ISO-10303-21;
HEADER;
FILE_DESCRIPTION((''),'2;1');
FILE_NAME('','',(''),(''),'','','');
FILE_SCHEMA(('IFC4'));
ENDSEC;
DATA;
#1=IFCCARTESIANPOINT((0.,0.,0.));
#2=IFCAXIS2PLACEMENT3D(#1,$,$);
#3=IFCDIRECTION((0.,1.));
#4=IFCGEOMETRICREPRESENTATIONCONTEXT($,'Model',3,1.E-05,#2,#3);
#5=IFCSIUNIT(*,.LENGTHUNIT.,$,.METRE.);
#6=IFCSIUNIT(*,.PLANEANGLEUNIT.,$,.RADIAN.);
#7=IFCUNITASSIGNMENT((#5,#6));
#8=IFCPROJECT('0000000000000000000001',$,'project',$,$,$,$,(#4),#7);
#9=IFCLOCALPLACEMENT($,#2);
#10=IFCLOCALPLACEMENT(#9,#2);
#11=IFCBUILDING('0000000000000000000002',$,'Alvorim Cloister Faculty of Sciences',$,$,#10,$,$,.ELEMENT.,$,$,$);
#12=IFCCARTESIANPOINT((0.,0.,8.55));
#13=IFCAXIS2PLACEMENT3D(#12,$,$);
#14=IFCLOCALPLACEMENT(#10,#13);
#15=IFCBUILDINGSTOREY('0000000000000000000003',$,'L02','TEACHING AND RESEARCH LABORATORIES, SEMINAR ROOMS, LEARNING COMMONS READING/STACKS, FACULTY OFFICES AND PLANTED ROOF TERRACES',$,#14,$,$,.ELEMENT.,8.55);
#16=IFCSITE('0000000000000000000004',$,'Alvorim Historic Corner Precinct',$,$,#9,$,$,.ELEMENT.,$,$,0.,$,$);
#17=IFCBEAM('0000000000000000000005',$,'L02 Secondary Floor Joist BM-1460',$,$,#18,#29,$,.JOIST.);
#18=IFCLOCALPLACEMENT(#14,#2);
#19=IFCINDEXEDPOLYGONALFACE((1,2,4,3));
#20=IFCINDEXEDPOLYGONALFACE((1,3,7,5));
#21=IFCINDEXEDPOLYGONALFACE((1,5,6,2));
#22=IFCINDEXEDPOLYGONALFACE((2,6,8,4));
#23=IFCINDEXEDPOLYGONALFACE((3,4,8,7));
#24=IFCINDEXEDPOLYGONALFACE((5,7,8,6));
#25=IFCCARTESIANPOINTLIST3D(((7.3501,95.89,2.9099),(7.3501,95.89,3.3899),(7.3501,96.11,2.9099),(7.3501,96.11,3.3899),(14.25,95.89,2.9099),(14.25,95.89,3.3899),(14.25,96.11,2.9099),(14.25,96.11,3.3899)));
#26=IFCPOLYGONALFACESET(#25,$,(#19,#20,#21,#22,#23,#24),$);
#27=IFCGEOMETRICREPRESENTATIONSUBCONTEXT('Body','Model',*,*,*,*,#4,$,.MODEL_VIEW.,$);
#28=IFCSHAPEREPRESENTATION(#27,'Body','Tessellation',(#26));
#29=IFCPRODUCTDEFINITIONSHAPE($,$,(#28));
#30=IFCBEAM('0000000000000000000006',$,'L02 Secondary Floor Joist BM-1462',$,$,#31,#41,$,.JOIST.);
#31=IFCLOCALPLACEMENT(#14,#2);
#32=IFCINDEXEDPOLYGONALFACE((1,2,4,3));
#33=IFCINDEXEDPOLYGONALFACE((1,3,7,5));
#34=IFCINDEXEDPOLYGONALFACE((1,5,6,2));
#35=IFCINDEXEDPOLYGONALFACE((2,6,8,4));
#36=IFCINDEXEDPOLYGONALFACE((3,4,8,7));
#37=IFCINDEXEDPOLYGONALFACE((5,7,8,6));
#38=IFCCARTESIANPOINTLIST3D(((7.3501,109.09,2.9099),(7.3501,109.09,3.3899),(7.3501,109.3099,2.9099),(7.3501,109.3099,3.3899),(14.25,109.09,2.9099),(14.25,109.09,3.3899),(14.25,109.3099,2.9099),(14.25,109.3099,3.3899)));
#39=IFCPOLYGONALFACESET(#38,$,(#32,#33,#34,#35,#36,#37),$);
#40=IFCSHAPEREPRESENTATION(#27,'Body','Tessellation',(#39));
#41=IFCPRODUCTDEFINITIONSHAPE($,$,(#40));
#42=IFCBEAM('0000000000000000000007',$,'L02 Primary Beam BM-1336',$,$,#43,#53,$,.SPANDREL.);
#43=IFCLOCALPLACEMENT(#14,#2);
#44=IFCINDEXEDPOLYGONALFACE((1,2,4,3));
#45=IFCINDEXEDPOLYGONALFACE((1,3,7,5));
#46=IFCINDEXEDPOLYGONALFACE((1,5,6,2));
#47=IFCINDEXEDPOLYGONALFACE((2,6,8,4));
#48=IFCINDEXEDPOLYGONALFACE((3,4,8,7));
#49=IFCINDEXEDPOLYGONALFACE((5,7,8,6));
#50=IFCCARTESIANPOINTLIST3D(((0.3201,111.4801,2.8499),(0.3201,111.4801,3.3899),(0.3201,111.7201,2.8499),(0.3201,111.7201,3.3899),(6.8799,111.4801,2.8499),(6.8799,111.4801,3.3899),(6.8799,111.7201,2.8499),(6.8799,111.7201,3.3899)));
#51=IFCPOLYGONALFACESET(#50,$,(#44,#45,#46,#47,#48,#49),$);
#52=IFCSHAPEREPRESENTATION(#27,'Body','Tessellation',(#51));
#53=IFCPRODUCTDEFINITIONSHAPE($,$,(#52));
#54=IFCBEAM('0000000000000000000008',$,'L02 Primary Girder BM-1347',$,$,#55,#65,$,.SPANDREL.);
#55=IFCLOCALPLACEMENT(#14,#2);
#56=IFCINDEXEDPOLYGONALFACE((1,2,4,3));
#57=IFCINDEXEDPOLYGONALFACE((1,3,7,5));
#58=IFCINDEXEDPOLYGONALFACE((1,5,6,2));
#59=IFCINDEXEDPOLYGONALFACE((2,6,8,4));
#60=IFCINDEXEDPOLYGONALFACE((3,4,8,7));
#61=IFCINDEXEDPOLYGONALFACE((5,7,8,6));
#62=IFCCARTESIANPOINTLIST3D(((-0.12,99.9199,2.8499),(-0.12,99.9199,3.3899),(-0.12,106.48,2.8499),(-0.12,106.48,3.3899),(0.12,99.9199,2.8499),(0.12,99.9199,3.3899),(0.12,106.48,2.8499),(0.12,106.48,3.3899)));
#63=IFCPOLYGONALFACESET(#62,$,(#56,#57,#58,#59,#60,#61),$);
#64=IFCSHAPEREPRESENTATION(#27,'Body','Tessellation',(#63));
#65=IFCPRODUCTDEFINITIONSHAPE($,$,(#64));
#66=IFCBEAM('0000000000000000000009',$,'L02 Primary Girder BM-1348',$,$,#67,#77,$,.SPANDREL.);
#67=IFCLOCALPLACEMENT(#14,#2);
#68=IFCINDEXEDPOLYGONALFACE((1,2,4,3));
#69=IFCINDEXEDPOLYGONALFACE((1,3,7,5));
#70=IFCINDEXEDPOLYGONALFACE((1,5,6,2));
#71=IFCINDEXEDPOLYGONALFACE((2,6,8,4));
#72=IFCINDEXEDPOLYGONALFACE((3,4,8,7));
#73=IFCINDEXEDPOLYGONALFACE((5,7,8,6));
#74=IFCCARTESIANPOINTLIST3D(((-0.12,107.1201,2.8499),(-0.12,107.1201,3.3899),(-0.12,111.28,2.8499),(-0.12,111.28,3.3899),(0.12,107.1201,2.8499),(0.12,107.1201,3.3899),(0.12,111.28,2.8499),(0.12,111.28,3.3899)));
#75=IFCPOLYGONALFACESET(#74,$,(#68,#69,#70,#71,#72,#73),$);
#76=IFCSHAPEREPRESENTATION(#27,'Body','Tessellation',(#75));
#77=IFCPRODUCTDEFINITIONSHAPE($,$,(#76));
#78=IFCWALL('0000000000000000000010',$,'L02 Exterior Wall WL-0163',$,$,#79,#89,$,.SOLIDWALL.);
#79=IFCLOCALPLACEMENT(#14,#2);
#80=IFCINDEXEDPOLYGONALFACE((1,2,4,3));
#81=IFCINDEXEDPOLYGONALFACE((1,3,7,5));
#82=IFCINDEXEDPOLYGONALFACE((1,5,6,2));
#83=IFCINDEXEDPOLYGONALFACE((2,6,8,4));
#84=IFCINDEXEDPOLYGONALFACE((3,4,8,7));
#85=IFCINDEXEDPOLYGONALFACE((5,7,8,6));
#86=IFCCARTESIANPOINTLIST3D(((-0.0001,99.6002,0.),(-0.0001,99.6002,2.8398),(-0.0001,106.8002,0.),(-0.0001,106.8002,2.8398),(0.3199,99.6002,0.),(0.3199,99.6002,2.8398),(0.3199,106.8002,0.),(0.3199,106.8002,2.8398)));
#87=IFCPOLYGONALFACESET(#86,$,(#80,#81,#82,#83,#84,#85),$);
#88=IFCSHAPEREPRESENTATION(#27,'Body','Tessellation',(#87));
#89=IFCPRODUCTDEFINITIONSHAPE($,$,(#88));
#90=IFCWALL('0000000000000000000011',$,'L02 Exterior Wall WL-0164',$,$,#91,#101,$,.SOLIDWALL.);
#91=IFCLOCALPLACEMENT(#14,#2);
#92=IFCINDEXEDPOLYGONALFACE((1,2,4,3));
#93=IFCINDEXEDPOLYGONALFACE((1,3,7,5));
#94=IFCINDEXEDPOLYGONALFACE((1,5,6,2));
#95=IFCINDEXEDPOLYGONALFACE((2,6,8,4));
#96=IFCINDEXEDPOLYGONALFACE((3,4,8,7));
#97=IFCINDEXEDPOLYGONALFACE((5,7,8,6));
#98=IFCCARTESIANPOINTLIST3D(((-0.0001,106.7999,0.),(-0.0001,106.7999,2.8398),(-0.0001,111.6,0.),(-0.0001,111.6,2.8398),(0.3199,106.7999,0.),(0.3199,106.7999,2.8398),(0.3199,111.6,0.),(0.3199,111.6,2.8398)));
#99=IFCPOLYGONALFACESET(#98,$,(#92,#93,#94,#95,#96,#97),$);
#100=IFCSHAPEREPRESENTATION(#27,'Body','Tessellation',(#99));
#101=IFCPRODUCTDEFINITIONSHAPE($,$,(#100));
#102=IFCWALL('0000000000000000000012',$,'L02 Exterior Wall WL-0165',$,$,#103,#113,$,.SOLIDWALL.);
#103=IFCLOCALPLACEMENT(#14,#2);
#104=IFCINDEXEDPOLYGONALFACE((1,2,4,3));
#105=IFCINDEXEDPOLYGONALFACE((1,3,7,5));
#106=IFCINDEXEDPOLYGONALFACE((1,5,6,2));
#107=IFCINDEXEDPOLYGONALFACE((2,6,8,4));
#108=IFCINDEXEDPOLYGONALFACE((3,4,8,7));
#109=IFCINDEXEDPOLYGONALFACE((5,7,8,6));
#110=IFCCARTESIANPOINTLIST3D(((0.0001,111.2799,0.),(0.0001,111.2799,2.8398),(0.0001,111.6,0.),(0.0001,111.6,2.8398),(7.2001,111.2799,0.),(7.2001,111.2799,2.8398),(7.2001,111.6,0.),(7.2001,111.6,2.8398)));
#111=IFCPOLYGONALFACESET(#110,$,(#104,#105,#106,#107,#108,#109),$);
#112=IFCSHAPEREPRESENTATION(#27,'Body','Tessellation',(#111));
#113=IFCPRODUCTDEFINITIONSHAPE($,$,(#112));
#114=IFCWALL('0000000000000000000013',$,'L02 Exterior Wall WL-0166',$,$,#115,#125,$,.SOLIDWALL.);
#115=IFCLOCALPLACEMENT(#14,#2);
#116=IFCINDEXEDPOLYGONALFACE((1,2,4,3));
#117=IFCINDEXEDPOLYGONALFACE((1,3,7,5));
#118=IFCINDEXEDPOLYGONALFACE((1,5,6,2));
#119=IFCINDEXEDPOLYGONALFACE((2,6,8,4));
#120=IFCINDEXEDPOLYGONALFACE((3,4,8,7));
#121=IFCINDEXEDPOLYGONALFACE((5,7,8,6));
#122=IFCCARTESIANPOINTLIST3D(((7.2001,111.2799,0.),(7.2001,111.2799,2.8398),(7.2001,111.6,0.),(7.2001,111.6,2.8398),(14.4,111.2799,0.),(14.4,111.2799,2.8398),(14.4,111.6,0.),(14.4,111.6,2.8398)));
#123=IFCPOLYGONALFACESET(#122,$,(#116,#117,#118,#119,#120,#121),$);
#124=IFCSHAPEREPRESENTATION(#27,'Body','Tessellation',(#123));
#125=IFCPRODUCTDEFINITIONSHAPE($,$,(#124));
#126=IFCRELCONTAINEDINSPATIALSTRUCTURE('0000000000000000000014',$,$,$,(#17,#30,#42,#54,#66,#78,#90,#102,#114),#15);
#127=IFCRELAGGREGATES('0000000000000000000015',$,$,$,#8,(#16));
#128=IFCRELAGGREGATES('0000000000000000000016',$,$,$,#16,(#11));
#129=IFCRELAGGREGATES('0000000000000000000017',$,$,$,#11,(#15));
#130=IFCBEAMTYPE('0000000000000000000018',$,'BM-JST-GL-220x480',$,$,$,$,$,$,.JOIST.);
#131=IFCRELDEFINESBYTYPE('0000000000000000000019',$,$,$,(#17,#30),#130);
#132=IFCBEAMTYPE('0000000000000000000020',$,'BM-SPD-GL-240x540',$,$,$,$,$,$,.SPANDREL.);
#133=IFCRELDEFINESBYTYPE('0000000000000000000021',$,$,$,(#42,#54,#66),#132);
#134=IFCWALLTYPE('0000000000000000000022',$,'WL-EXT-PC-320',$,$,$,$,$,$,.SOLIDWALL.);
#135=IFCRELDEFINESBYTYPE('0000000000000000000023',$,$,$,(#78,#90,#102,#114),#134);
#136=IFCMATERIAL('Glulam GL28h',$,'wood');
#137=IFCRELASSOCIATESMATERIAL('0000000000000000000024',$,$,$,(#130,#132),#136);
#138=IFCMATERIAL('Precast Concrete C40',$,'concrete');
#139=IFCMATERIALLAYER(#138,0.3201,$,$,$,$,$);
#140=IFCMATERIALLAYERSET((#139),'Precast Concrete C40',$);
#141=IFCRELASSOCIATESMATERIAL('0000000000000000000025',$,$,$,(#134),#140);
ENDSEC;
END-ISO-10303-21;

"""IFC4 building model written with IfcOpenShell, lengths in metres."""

from ifc_helpers import new_model, si_unit, direction, frame, frame_2d, origin, origin_2d, place, context, subcontext, project, spatial, rectangle, extrude, material, layer, layer_set, material_profile, profile_set, type_object, element, save


model = new_model("IFC4")

# Units and contexts
model_context = context("Model", 3, precision=1e-05, world=origin(), true_north=direction((0.0, 1.0)))
body_context = subcontext(model_context, "Body", "Model", "MODEL_VIEW")
ifc_project = project(units=[si_unit("LENGTHUNIT", "METRE"), si_unit("PLANEANGLEUNIT", "RADIAN")], contexts=[model_context])

# Site, building, storey
site_placement = place(None, origin())
site = spatial("IfcSite", under=ifc_project, at=site_placement, Name="Alvorim Historic Corner Precinct", CompositionType="ELEMENT", RefElevation=0.0)
building_placement = place(site_placement, origin())
building = spatial("IfcBuilding", under=site, at=building_placement, Name="Alvorim Cloister Faculty of Sciences", CompositionType="ELEMENT")
storey_placement = place(building_placement, frame((0.0, 0.0, 8.55)))
storey = spatial("IfcBuildingStorey", under=building, at=storey_placement, Name="L02", Description="TEACHING AND RESEARCH LABORATORIES, SEMINAR ROOMS, LEARNING COMMONS READING/STACKS, FACULTY OFFICES AND PLANTED ROOF TERRACES", CompositionType="ELEMENT", Elevation=8.55)

# Shared definitions
ifc_material_1 = material(Name="Precast Concrete C40", Category="concrete")

# Beams
ifc_material_2 = material(Name="Glulam GL28h", Category="wood")
ifc_material_profile_1 = material_profile(ifc_material_2, rectangle(XDim=0.22, YDim=0.48, at=origin_2d()), Name="GL28-JST-220x480")
ifc_profile_set_1 = profile_set([ifc_material_profile_1], Name="Glulam GL28h")
beam_type_1 = type_object("IfcBeamType", Name="BM-JST-GL-220x480", PredefinedType="JOIST", material=ifc_profile_set_1)
for number, where, z_axis, x_axis, name in (
    (1, (7.3501, 96.0, 3.1499), (1.0, 0.0, 0.0), (0.0, 1.0, 0.0), "L02 Secondary Floor Joist BM-1460"),
    (2, (7.3501, 109.2, 3.1499), (1.0, 0.0, 0.0), (0.0, 1.0, 0.0), "L02 Secondary Floor Joist BM-1462"),
):
    element("IfcBeam", number, at=place(storey_placement, frame(where, z_axis=z_axis, x_axis=x_axis)), inside=storey, type_object=beam_type_1, Name=name, PredefinedType="JOIST", context=body_context, shape_type="SweptSolid", body=[
        extrude(rectangle(XDim=0.22, YDim=0.48, at=origin_2d()), origin(), (0.0, 0.0, 1.0), 6.8999),
    ])
ifc_material_profile_2 = material_profile(ifc_material_2, rectangle(XDim=0.24, YDim=0.54, at=origin_2d()), Name="GL28-SPD-240x540")
ifc_profile_set_2 = profile_set([ifc_material_profile_2], Name="Glulam GL28h")
beam_type_2 = type_object("IfcBeamType", Name="BM-SPD-GL-240x540", PredefinedType="SPANDREL", material=ifc_profile_set_2)
beam_1_placement = place(storey_placement, frame((0.3201, 111.6001, 3.1199), z_axis=(1.0, 0.0, 0.0), x_axis=(0.0, 1.0, 0.0)))
element("IfcBeam", 3, at=beam_1_placement, inside=storey, type_object=beam_type_2, Name="L02 Primary Beam BM-1336", PredefinedType="SPANDREL", context=body_context, shape_type="SweptSolid", body=[
    extrude(rectangle(XDim=0.24, YDim=0.54, at=origin_2d()), origin(), (0.0, 0.0, 1.0), 6.5598),
])
beam_2_placement = place(storey_placement, frame((0.0, 99.9199, 3.1199), z_axis=(0.0, 1.0, 0.0), x_axis=(-1.0, 0.0, 0.0)))
element("IfcBeam", 4, at=beam_2_placement, inside=storey, type_object=beam_type_2, Name="L02 Primary Girder BM-1347", PredefinedType="SPANDREL", context=body_context, shape_type="SweptSolid", body=[
    extrude(rectangle(XDim=0.24, YDim=0.54, at=origin_2d()), origin(), (0.0, 0.0, 1.0), 6.5601),
])
beam_3_placement = place(storey_placement, frame((0.0, 107.1201, 3.1199), z_axis=(0.0, 1.0, 0.0), x_axis=(-1.0, 0.0, 0.0)))
element("IfcBeam", 5, at=beam_3_placement, inside=storey, type_object=beam_type_2, Name="L02 Primary Girder BM-1348", PredefinedType="SPANDREL", context=body_context, shape_type="SweptSolid", body=[
    extrude(rectangle(XDim=0.24, YDim=0.54, at=origin_2d()), origin(), (0.0, 0.0, 1.0), 4.1599),
])

# Walls
ifc_layer = layer(ifc_material_1, 0.3201)
ifc_layer_set = layer_set([ifc_layer], Name="Precast Concrete C40")
wall_type = type_object("IfcWallType", Name="WL-EXT-PC-320", PredefinedType="SOLIDWALL", material=ifc_layer_set)
wall_1_placement = place(storey_placement, frame((0.1599, 99.6001, 0.0), z_axis=(0.0, 0.0, 1.0), x_axis=(0.0, 1.0, 0.0)))
element("IfcWall", 6, at=wall_1_placement, inside=storey, type_object=wall_type, Name="L02 Exterior Wall WL-0163", PredefinedType="SOLIDWALL", context=body_context, shape_type="SweptSolid", body=[
    extrude(rectangle(XDim=7.2, YDim=0.3201, at=frame_2d((3.6001, 0.0))), origin(), (0.0, 0.0, 1.0), 2.8398),
])
wall_2_placement = place(storey_placement, frame((0.1599, 106.8, 0.0), z_axis=(0.0, 0.0, 1.0), x_axis=(0.0, 1.0, 0.0)))
element("IfcWall", 7, at=wall_2_placement, inside=storey, type_object=wall_type, Name="L02 Exterior Wall WL-0164", PredefinedType="SOLIDWALL", context=body_context, shape_type="SweptSolid", body=[
    extrude(rectangle(XDim=4.8, YDim=0.3201, at=frame_2d((2.3999, 0.0))), origin(), (0.0, 0.0, 1.0), 2.8398),
])
for number, where, z_axis, x_axis, name in (
    (8, (0.0, 111.4399, 0.0), (0.0, 0.0, 1.0), (1.0, 0.0, 0.0), "L02 Exterior Wall WL-0165"),
    (9, (7.2, 111.4399, 0.0), (0.0, 0.0, 1.0), (1.0, 0.0, 0.0), "L02 Exterior Wall WL-0166"),
):
    element("IfcWall", number, at=place(storey_placement, frame(where, z_axis=z_axis, x_axis=x_axis)), inside=storey, type_object=wall_type, Name=name, PredefinedType="SOLIDWALL", context=body_context, shape_type="SweptSolid", body=[
        extrude(rectangle(XDim=7.2, YDim=0.3201, at=frame_2d((3.6001, 0.0))), origin(), (0.0, 0.0, 1.0), 2.8398),
    ])

save(model, "model.ifc")
